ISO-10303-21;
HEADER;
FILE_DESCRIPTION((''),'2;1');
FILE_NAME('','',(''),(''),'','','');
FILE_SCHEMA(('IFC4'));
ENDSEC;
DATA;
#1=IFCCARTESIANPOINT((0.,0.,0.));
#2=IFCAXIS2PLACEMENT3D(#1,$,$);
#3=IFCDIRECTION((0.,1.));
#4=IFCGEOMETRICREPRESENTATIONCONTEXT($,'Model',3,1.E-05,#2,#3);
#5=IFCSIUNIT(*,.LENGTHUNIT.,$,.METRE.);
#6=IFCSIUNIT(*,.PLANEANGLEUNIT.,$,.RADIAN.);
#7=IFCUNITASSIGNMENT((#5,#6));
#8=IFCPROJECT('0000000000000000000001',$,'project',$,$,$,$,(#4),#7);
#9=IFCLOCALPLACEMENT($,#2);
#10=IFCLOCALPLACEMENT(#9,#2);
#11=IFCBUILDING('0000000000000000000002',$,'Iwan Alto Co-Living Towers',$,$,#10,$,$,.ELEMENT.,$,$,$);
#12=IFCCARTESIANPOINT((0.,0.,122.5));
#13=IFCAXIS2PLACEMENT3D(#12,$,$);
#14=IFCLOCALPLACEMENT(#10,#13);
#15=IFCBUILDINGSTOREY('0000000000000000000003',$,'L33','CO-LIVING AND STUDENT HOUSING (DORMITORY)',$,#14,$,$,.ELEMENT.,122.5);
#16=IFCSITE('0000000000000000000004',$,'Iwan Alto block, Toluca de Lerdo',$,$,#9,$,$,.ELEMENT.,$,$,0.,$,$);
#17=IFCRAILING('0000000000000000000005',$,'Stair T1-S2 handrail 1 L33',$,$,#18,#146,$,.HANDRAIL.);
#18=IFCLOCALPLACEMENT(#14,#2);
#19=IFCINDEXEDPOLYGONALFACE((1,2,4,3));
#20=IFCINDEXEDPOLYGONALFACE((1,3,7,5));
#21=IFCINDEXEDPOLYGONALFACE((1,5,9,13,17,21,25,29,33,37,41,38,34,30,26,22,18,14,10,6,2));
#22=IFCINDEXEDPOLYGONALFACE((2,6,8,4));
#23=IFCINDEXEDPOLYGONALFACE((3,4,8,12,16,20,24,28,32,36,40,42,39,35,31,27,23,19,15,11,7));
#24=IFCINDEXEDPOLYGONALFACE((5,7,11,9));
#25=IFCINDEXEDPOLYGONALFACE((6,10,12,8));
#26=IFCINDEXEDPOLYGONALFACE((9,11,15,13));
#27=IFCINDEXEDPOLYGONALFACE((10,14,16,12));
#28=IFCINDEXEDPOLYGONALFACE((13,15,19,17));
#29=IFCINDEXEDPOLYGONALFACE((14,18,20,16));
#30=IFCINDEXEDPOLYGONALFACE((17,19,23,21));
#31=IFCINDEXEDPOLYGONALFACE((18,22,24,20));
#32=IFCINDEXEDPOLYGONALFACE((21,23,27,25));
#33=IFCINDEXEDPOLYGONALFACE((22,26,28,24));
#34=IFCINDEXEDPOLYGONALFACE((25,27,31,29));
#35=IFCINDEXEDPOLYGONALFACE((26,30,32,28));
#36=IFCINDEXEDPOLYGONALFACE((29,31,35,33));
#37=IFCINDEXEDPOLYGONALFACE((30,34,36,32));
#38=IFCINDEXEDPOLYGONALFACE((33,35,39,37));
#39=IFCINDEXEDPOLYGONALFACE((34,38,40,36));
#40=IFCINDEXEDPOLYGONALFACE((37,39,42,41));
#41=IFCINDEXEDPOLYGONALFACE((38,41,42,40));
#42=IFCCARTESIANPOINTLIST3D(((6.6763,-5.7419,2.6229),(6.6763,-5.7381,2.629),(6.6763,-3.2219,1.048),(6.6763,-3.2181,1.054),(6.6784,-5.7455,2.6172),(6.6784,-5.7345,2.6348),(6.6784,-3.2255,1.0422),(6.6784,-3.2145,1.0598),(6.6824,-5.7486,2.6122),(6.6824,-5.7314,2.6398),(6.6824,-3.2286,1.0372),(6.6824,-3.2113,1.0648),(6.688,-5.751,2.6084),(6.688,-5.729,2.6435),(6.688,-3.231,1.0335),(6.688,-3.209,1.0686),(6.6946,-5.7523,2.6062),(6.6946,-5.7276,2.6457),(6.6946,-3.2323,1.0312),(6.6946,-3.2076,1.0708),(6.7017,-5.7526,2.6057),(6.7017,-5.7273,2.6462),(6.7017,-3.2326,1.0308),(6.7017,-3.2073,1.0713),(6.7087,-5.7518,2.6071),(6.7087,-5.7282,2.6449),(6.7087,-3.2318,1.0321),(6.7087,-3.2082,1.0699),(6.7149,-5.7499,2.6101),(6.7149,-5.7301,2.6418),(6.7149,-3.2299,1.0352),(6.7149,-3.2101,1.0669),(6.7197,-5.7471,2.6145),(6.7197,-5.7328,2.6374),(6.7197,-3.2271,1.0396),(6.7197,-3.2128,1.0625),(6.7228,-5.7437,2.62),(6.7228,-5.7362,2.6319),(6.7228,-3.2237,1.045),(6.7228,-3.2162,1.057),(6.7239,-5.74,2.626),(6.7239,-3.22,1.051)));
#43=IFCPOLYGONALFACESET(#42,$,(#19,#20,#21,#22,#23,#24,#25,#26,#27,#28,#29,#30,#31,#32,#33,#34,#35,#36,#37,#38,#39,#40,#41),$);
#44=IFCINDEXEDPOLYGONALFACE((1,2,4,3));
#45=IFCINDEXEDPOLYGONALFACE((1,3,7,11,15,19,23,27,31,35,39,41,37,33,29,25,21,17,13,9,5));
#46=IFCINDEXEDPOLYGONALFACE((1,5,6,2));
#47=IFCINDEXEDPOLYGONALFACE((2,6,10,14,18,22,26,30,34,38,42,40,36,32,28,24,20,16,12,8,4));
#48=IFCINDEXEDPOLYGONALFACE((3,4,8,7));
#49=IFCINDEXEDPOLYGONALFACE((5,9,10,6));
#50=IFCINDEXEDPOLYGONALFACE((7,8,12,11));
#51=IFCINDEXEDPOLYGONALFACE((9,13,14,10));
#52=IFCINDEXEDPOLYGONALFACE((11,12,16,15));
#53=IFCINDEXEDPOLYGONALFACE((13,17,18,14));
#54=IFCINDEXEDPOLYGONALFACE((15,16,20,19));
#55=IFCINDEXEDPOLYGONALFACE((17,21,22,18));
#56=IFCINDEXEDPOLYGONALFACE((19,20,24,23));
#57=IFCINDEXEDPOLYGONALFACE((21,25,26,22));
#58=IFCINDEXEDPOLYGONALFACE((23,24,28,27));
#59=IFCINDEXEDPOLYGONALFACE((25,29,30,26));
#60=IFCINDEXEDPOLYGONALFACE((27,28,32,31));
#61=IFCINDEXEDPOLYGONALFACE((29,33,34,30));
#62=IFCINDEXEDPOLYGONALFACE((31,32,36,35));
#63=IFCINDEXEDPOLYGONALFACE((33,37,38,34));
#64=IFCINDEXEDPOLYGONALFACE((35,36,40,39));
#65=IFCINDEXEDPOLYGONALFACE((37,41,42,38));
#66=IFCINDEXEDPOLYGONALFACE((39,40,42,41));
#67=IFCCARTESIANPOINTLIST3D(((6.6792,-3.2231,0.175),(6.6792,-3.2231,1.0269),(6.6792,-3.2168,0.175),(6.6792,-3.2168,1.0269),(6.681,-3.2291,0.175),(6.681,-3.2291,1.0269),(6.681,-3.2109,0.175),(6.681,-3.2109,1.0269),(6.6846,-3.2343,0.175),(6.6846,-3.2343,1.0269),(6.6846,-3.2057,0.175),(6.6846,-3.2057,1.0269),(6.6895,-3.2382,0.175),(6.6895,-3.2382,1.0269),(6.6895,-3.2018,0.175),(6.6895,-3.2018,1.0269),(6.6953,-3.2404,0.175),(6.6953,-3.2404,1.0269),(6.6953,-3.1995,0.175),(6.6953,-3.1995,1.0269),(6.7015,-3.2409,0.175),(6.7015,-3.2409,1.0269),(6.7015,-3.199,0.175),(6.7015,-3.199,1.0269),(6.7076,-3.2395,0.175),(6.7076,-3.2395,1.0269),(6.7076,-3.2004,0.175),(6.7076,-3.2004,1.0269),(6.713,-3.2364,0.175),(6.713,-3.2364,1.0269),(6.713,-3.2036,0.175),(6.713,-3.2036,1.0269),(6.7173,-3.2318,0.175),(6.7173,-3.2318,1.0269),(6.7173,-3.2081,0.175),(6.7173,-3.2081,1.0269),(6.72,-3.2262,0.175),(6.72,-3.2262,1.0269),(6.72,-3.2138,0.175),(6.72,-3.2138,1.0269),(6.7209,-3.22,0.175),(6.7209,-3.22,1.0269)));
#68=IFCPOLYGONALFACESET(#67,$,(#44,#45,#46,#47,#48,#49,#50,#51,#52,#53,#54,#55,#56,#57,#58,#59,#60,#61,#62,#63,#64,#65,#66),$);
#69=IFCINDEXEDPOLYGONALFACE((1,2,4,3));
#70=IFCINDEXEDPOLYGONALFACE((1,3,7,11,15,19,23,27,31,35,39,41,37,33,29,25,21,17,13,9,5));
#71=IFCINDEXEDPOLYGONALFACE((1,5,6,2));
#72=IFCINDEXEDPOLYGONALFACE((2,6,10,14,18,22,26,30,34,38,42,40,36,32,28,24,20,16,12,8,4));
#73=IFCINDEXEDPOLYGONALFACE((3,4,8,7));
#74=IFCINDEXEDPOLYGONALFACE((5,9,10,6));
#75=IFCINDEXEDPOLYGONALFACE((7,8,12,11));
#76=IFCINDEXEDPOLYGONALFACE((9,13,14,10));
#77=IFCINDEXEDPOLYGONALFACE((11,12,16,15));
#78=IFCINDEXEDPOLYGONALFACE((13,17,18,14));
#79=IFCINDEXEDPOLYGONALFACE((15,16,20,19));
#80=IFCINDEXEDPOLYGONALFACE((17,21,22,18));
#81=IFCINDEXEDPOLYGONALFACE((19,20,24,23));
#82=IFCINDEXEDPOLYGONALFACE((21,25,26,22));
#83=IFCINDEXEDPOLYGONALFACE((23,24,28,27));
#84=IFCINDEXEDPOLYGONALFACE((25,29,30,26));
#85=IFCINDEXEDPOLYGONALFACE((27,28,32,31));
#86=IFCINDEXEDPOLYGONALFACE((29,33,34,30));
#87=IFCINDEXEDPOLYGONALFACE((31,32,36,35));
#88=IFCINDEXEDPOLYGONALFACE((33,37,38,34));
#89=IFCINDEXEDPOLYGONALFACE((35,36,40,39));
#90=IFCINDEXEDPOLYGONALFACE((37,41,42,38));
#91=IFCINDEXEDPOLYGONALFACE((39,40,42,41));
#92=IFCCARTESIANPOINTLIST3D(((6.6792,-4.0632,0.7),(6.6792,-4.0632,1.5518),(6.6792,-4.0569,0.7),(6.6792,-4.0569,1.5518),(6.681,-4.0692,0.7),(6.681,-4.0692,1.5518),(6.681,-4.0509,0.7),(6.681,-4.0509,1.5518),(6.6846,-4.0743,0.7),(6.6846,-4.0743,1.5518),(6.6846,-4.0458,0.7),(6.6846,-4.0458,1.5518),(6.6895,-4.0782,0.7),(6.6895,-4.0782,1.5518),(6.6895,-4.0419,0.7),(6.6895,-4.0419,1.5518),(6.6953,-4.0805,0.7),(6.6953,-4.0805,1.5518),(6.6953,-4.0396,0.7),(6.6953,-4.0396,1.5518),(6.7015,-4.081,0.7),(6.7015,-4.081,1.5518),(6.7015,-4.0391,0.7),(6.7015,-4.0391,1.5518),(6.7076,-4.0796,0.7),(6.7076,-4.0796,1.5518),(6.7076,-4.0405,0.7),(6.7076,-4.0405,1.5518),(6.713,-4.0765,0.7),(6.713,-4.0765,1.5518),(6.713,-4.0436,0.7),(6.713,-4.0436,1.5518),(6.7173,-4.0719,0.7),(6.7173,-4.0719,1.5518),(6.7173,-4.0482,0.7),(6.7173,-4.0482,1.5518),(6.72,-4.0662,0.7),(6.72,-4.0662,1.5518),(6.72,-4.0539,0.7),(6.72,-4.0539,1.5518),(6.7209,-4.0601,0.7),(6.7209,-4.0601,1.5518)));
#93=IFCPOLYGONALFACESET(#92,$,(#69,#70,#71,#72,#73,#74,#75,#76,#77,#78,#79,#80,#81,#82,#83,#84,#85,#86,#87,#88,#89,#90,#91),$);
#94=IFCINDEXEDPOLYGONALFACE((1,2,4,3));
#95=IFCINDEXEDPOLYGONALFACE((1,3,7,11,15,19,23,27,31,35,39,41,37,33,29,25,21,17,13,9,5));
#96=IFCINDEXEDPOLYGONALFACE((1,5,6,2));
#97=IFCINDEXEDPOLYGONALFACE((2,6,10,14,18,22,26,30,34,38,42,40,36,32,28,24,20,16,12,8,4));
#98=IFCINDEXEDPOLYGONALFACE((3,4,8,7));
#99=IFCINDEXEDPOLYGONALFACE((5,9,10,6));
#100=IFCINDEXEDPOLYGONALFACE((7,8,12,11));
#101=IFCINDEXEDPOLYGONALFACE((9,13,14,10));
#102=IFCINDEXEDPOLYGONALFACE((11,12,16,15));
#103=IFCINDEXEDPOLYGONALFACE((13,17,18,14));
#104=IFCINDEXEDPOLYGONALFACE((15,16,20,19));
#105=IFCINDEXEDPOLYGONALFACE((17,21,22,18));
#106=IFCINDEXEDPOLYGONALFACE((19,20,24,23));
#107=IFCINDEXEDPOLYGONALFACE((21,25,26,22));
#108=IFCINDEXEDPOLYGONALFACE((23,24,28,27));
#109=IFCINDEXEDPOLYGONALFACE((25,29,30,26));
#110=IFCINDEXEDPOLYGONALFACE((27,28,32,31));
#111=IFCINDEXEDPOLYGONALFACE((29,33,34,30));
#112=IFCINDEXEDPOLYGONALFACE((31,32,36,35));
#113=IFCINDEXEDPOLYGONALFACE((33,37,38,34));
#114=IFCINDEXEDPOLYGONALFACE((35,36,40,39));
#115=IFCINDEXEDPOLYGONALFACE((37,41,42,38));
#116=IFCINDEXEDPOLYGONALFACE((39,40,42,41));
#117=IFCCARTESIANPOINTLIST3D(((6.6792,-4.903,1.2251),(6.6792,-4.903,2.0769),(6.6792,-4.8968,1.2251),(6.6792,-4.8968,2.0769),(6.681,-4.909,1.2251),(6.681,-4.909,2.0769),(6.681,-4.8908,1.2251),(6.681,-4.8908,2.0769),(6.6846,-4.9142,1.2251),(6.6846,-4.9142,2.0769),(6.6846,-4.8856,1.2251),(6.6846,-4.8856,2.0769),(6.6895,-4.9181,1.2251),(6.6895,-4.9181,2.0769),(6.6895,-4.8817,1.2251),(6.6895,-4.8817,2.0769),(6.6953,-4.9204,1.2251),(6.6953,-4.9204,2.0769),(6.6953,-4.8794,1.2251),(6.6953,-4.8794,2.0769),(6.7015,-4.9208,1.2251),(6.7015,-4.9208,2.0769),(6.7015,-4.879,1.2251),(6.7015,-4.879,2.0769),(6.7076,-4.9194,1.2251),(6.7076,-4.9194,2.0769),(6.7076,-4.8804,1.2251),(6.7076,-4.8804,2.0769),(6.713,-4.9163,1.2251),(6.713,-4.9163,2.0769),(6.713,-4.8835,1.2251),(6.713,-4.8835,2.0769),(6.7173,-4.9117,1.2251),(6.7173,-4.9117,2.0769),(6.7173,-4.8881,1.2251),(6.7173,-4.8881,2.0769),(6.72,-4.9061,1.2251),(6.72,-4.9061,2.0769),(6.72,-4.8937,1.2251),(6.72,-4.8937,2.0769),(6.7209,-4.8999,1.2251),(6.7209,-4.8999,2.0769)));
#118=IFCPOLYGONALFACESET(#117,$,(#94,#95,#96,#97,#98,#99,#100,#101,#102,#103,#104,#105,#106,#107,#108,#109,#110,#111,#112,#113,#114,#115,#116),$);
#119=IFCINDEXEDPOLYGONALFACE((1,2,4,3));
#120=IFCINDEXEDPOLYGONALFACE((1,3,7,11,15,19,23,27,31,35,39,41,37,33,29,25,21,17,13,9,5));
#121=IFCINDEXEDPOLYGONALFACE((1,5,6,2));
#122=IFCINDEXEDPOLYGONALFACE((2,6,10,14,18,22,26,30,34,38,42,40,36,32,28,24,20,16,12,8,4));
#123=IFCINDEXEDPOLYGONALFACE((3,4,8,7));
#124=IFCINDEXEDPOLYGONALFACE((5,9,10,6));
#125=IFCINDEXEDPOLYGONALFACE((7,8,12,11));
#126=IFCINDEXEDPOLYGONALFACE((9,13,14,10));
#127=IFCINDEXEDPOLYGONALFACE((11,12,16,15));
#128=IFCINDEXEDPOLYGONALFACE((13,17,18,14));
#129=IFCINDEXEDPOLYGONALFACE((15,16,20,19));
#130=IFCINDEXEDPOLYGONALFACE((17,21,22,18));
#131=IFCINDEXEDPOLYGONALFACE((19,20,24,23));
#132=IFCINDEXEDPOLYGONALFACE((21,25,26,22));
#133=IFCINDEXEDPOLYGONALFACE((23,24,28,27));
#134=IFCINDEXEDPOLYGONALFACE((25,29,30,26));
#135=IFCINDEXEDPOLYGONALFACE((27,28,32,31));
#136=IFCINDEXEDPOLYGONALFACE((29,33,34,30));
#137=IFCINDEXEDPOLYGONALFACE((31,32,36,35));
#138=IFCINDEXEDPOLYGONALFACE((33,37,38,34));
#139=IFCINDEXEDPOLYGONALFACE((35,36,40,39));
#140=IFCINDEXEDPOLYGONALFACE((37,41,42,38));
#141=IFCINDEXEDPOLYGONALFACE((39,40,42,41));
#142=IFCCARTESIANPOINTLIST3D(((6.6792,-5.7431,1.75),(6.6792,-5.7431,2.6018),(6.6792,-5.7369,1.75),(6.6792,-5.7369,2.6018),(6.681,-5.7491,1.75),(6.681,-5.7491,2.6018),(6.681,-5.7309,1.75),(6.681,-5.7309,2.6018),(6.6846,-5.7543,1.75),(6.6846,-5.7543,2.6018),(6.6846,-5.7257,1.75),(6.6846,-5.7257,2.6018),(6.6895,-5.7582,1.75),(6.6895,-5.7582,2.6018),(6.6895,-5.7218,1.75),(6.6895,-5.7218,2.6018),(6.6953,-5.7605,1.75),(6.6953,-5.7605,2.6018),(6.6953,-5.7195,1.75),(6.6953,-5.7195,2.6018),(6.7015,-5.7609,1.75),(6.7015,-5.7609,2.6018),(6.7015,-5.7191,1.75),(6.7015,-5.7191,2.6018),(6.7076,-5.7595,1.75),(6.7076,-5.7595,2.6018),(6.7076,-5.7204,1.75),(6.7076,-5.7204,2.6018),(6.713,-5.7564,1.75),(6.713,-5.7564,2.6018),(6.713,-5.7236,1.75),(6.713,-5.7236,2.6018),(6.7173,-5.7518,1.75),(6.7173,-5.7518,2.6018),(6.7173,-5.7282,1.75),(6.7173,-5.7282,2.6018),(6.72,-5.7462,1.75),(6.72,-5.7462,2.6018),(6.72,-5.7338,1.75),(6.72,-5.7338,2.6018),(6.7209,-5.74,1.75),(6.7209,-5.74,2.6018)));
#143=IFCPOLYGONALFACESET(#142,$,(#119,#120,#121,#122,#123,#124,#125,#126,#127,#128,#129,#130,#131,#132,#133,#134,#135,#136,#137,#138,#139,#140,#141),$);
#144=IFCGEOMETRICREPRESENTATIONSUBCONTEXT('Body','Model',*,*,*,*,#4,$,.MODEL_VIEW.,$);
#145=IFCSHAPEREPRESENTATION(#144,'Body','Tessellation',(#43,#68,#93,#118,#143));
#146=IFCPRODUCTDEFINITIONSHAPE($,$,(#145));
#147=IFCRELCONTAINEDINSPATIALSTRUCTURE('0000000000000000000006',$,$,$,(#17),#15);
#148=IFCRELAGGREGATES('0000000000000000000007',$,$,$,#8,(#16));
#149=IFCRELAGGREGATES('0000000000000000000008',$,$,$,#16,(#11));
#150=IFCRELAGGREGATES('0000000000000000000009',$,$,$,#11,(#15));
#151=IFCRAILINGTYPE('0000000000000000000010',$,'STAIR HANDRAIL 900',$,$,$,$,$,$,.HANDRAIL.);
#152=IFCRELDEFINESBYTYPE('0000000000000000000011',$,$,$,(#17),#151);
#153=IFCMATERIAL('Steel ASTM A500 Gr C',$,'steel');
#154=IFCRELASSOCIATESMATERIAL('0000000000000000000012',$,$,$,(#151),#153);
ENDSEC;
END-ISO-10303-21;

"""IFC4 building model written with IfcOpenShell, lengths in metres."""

from ifc_helpers import new_model, si_unit, direction, frame, origin, origin_2d, place, context, subcontext, project, spatial, circle, extrude, material, type_object, element, save


model = new_model("IFC4")

# Units and contexts
model_context = context("Model", 3, precision=1e-05, world=origin(), true_north=direction((0.0, 1.0)))
body_context = subcontext(model_context, "Body", "Model", "MODEL_VIEW")
ifc_project = project(units=[si_unit("LENGTHUNIT", "METRE"), si_unit("PLANEANGLEUNIT", "RADIAN")], contexts=[model_context])

# Site, building, storey
site_placement = place(None, origin())
site = spatial("IfcSite", under=ifc_project, at=site_placement, Name="Iwan Alto block, Toluca de Lerdo", CompositionType="ELEMENT", RefElevation=0.0)
building_placement = place(site_placement, origin())
building = spatial("IfcBuilding", under=site, at=building_placement, Name="Iwan Alto Co-Living Towers", CompositionType="ELEMENT")
storey_placement = place(building_placement, frame((0.0, 0.0, 122.5)))
storey = spatial("IfcBuildingStorey", under=building, at=storey_placement, Name="L33", Description="CO-LIVING AND STUDENT HOUSING (DORMITORY)", CompositionType="ELEMENT", Elevation=122.5)

# Railing
ifc_material_1 = material(Name="Steel ASTM A500 Gr C", Category="steel")
railing_type_1 = type_object("IfcRailingType", Name="STAIR HANDRAIL 900", PredefinedType="HANDRAIL", material=ifc_material_1)
railing_1_placement = place(storey_placement, frame((6.7, -3.22, 0.175)))
element("IfcRailing", 1, at=railing_1_placement, inside=storey, type_object=railing_type_1, Name="Stair T1-S2 handrail 1 L33", PredefinedType="HANDRAIL", context=body_context, shape_type="SweptSolid", body=[
    extrude(circle(Radius=0.0239, at=origin_2d()), frame((0.0, 0.0, 0.876), z_axis=(0.0, -0.848008, 0.529984), x_axis=(1.0, 0.0, 0.0)), (0.0, 0.0, 1.0), 2.9717),
    extrude(circle(Radius=0.021, at=origin_2d()), origin(), (0.0, 0.0, 1.0), 0.8518),
    extrude(circle(Radius=0.021, at=origin_2d()), frame((0.0, -0.8401, 0.5249)), (0.0, 0.0, 1.0), 0.8518),
    extrude(circle(Radius=0.021, at=origin_2d()), frame((0.0, -1.6799, 1.05)), (0.0, 0.0, 1.0), 0.8518),
    extrude(circle(Radius=0.021, at=origin_2d()), frame((0.0, -2.52, 1.575)), (0.0, 0.0, 1.0), 0.8518),
])

save(model, "model.ifc")
